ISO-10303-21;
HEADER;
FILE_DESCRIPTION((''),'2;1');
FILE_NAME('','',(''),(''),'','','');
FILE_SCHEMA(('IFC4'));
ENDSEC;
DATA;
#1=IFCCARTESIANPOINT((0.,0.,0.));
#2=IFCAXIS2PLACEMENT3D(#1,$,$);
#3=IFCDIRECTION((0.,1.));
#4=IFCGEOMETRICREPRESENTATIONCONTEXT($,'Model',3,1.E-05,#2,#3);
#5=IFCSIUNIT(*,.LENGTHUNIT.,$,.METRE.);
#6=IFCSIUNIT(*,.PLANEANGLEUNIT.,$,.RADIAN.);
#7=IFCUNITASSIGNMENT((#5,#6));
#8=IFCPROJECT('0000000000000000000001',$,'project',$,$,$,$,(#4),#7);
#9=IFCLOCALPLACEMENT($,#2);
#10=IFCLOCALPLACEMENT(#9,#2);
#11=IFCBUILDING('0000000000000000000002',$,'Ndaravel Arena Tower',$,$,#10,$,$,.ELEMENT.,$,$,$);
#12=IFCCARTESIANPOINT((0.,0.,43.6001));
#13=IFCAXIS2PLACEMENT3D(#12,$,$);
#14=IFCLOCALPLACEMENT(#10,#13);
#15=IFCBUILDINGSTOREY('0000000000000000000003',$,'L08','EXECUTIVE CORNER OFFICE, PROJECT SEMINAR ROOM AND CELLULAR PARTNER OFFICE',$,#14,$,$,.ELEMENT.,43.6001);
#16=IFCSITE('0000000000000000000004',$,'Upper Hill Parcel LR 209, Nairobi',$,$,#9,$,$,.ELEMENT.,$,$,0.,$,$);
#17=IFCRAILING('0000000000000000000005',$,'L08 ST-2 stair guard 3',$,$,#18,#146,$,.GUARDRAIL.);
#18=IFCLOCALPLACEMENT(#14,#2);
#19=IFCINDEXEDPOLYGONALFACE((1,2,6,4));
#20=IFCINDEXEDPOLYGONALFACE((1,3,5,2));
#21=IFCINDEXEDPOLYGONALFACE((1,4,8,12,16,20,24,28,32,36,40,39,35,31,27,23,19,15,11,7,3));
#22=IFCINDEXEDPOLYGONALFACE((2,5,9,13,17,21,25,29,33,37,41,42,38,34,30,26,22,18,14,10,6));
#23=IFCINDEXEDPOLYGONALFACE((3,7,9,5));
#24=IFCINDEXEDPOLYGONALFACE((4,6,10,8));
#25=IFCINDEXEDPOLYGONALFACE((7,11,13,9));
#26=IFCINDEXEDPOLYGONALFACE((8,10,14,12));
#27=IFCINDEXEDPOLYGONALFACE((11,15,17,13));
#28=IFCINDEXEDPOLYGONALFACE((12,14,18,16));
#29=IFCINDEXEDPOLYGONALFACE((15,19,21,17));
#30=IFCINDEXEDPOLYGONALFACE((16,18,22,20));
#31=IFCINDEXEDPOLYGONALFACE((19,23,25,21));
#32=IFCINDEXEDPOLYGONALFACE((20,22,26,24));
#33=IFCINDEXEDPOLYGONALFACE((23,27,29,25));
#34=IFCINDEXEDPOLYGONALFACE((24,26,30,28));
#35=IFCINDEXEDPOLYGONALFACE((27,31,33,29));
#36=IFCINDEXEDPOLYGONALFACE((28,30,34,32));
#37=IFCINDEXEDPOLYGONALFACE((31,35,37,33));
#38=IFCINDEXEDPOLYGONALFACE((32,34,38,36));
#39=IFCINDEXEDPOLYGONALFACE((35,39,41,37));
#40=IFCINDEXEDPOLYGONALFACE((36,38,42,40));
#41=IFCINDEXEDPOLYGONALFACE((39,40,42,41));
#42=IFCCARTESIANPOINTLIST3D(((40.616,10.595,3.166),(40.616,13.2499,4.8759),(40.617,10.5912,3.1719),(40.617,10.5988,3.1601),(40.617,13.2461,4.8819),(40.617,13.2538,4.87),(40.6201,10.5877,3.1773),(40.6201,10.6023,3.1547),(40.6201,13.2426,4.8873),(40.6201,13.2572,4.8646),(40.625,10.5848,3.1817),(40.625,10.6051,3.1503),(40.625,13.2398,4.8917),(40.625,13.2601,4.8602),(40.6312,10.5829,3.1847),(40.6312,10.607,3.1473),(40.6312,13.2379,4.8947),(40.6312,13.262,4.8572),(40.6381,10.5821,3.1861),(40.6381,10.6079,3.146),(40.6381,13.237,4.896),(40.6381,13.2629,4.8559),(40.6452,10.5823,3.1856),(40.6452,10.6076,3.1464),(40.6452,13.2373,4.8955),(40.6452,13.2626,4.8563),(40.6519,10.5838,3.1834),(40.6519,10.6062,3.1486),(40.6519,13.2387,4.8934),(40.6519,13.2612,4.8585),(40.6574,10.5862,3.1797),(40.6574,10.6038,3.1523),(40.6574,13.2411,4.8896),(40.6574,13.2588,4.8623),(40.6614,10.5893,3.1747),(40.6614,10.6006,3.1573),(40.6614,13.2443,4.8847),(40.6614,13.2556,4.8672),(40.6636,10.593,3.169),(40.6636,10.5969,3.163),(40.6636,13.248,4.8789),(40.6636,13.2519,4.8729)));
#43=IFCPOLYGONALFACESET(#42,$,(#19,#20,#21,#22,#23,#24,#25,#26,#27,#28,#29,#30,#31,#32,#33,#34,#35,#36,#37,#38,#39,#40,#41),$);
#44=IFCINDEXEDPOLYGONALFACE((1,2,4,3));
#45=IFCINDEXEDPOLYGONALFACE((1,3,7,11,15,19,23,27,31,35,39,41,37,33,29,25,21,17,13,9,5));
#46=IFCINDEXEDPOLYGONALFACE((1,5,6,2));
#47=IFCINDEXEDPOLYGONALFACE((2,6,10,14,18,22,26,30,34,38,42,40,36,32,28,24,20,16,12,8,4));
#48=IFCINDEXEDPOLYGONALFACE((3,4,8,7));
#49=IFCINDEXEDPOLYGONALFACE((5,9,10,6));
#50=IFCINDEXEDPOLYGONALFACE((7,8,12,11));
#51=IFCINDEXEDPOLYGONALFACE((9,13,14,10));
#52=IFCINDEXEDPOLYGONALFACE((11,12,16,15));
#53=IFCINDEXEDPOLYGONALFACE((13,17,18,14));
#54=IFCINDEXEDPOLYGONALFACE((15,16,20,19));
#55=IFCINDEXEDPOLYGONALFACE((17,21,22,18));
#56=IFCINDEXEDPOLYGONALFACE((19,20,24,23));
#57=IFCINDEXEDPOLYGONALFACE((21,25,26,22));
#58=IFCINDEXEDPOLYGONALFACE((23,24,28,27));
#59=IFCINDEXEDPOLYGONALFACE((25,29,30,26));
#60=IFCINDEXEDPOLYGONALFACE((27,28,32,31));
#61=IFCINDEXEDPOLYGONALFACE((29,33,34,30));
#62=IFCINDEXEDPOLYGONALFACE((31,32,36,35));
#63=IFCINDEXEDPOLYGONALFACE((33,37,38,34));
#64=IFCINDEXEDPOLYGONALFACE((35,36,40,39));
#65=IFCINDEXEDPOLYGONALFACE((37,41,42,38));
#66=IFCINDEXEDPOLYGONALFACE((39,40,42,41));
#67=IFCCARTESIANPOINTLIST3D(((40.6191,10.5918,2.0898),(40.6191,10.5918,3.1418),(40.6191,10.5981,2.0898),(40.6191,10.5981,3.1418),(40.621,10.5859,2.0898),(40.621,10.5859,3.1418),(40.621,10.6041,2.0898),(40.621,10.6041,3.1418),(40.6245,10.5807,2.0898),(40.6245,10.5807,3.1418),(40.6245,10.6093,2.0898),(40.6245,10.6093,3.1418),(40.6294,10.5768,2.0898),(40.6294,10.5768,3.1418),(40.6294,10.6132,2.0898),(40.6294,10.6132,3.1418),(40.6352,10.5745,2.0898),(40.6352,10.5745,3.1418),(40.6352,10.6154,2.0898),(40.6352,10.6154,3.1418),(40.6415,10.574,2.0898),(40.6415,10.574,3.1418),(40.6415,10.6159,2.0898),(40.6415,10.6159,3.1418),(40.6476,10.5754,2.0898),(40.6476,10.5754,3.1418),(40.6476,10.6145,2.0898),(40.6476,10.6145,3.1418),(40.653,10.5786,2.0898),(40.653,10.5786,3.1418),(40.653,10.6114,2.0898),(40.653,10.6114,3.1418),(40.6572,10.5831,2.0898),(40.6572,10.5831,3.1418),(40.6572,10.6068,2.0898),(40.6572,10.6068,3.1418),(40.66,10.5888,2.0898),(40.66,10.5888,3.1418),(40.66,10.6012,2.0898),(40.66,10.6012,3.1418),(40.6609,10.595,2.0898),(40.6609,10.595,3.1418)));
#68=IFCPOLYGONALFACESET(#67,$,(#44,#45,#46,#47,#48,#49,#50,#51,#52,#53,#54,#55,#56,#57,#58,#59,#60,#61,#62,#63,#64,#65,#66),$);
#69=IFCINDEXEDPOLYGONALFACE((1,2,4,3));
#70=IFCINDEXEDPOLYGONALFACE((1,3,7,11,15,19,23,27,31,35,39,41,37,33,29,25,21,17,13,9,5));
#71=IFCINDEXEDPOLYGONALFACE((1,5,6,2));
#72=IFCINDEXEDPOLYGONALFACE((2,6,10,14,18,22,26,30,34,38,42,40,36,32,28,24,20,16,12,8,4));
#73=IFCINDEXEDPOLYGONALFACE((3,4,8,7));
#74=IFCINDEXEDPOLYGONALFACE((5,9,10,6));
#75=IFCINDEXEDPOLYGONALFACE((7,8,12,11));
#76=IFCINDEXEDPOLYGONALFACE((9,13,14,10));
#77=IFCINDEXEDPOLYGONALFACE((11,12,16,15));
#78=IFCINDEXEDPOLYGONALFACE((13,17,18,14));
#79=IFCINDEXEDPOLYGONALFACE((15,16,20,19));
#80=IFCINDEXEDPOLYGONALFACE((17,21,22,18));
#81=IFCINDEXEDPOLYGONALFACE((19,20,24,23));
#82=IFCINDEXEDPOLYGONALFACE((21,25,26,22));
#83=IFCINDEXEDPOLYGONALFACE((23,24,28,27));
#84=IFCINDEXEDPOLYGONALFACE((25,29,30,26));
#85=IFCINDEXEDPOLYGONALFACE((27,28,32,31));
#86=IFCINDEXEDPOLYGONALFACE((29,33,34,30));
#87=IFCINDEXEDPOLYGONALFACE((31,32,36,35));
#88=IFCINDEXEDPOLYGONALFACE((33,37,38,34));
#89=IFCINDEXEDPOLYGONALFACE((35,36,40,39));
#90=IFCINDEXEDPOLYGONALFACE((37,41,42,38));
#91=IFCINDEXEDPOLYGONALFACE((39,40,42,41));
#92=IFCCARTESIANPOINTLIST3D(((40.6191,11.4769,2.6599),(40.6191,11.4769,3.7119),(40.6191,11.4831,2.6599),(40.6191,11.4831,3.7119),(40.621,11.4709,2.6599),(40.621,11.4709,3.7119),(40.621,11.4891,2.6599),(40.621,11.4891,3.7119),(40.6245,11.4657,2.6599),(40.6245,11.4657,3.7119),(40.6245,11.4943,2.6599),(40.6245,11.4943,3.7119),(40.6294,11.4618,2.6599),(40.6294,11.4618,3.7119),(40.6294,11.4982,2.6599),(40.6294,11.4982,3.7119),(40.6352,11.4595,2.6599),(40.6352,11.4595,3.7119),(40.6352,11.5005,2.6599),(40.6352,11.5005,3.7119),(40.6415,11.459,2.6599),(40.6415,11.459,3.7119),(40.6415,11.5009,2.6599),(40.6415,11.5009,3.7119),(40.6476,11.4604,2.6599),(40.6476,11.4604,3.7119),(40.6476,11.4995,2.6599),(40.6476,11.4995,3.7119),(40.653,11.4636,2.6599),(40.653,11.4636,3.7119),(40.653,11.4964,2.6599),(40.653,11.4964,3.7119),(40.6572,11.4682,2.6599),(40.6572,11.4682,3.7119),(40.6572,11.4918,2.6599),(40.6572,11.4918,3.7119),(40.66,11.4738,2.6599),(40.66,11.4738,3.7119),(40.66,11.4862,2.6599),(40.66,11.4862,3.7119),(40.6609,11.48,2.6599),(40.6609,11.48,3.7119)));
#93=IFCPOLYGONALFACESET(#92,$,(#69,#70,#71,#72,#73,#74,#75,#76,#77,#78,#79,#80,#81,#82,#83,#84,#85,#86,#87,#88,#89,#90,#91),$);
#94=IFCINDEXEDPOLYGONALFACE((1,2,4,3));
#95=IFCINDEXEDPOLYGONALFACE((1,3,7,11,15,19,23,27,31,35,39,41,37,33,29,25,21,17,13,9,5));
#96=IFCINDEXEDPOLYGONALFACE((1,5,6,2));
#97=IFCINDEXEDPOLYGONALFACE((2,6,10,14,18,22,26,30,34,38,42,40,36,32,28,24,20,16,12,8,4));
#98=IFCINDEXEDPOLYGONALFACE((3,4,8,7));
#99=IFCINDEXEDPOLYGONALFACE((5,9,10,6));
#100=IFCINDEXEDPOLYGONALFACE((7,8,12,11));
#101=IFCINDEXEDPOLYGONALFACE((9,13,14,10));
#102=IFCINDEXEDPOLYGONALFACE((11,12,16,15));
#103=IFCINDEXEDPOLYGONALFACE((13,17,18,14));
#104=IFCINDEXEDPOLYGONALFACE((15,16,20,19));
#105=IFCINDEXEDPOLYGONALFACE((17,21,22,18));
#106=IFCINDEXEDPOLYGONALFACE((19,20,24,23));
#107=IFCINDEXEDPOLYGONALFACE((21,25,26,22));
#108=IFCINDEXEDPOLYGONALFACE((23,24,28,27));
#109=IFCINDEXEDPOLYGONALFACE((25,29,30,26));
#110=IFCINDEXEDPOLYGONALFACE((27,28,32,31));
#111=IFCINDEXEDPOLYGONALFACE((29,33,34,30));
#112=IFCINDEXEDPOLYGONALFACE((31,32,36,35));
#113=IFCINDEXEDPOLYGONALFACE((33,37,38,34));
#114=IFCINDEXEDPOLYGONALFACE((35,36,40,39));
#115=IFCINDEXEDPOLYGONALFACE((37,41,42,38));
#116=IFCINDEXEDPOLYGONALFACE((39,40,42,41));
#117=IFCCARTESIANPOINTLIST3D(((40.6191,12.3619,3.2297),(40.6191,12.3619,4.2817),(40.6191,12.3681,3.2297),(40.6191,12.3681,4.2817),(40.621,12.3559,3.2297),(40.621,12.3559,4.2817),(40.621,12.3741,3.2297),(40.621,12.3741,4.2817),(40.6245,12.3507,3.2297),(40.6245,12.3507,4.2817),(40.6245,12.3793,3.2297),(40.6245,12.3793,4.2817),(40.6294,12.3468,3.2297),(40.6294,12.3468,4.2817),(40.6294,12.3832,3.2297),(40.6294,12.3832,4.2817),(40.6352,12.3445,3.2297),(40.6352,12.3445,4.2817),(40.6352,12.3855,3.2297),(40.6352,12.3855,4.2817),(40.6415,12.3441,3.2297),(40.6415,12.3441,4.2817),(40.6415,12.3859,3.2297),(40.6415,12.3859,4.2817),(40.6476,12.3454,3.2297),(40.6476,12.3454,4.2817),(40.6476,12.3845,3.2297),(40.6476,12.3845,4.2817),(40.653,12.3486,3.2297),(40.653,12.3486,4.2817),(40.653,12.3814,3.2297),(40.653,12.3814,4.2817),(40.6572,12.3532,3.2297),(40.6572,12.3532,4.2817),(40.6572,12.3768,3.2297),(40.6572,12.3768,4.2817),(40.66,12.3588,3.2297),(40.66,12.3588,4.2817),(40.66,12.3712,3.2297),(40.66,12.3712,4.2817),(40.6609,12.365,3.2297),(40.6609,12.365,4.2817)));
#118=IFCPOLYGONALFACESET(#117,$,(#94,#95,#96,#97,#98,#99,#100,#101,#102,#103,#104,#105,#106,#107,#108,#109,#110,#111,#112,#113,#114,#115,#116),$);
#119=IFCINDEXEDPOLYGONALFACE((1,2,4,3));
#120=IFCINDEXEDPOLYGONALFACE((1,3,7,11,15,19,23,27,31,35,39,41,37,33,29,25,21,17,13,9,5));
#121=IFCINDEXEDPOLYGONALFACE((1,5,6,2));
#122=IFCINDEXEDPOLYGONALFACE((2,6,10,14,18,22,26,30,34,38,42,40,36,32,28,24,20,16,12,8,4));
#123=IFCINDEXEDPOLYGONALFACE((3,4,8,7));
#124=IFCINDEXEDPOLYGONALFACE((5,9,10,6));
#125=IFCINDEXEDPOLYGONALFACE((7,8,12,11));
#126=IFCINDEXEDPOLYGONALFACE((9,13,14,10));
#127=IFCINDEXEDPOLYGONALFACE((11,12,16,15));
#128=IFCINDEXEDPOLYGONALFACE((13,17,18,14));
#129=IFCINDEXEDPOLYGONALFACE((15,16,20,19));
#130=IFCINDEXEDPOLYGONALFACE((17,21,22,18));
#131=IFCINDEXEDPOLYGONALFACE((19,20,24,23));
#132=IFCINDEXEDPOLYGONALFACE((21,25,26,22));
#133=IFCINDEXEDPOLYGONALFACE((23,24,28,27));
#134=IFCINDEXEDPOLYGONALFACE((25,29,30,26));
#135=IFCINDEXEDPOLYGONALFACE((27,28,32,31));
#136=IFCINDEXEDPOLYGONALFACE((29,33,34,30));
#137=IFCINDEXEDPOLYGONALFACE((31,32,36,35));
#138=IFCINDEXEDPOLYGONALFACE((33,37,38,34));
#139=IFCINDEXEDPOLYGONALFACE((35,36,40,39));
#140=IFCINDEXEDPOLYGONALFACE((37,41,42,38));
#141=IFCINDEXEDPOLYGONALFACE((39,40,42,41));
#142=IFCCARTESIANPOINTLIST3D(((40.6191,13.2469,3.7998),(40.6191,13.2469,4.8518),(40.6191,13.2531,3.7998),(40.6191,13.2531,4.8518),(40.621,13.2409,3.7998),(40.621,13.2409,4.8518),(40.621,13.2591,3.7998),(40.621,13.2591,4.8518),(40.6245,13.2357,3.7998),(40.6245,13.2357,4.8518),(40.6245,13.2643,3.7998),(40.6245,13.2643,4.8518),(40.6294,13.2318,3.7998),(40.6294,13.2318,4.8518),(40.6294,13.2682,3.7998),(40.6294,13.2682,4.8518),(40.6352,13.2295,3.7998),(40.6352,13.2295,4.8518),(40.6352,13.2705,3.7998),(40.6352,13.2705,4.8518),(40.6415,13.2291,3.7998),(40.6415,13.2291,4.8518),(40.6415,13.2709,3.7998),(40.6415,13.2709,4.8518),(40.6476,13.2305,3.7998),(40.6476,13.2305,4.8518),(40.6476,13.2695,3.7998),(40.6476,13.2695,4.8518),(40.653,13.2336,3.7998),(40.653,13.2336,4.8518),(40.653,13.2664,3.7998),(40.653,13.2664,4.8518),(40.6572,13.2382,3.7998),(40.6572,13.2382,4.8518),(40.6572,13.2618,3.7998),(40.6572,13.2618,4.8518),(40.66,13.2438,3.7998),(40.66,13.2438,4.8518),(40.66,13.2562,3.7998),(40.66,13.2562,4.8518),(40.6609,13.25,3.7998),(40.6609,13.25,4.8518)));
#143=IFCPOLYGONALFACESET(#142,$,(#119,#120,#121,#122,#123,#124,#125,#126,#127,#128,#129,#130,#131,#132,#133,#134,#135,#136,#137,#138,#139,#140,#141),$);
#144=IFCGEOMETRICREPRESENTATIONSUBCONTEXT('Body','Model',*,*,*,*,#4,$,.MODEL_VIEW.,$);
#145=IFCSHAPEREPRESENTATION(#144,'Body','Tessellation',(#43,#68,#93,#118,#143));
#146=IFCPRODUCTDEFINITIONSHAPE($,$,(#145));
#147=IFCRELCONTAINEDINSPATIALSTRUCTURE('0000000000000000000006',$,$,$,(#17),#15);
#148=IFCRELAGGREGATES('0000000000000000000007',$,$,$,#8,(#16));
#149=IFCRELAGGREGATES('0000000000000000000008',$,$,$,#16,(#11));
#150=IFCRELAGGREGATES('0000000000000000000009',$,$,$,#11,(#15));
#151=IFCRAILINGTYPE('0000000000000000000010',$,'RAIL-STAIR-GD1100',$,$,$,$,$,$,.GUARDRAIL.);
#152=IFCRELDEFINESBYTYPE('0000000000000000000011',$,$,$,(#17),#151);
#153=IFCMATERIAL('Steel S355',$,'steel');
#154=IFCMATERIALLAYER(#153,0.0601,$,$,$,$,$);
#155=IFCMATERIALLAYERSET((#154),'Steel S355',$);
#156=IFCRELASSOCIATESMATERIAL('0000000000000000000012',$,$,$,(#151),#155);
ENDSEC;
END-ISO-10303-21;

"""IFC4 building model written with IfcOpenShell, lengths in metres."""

from ifc_helpers import new_model, si_unit, direction, frame, origin, origin_2d, place, context, subcontext, project, spatial, circle, extrude, material, layer, layer_set, type_object, element, save


model = new_model("IFC4")

# Units and contexts
model_context = context("Model", 3, precision=1e-05, world=origin(), true_north=direction((0.0, 1.0)))
body_context = subcontext(model_context, "Body", "Model", "MODEL_VIEW")
ifc_project = project(units=[si_unit("LENGTHUNIT", "METRE"), si_unit("PLANEANGLEUNIT", "RADIAN")], contexts=[model_context])

# Site, building, storey
site_placement = place(None, origin())
site = spatial("IfcSite", under=ifc_project, at=site_placement, Name="Upper Hill Parcel LR 209, Nairobi", CompositionType="ELEMENT", RefElevation=0.0)
building_placement = place(site_placement, origin())
building = spatial("IfcBuilding", under=site, at=building_placement, Name="Ndaravel Arena Tower", CompositionType="ELEMENT")
storey_placement = place(building_placement, frame((0.0, 0.0, 43.6001)))
storey = spatial("IfcBuildingStorey", under=building, at=storey_placement, Name="L08", Description="EXECUTIVE CORNER OFFICE, PROJECT SEMINAR ROOM AND CELLULAR PARTNER OFFICE", CompositionType="ELEMENT", Elevation=43.6001)

# Railing
ifc_material_1 = material(Name="Steel S355", Category="steel")
ifc_layer_1 = layer(ifc_material_1, 0.0601)
ifc_layer_set_1 = layer_set([ifc_layer_1], Name="Steel S355")
railing_type_1 = type_object("IfcRailingType", Name="RAIL-STAIR-GD1100", PredefinedType="GUARDRAIL", material=ifc_layer_set_1)
railing_1_placement = place(storey_placement, frame((40.6399, 10.595, 2.0898)))
element("IfcRailing", 1, at=railing_1_placement, inside=storey, type_object=railing_type_1, Name="L08 ST-2 stair guard 3", PredefinedType="GUARDRAIL", context=body_context, shape_type="SweptSolid", body=[
    extrude(circle(Radius=0.0239, at=origin_2d()), frame((0.0, 0.0, 1.0762), z_axis=(0.0, 0.840724, 0.541465), x_axis=(-1.0, 0.0, 0.0)), (0.0, 0.0, 1.0), 3.158),
    extrude(circle(Radius=0.021, at=origin_2d()), origin(), (0.0, 0.0, 1.0), 1.052),
    extrude(circle(Radius=0.021, at=origin_2d()), frame((0.0, 0.885, 0.5701)), (0.0, 0.0, 1.0), 1.052),
    extrude(circle(Radius=0.021, at=origin_2d()), frame((0.0, 1.77, 1.1399)), (0.0, 0.0, 1.0), 1.052),
    extrude(circle(Radius=0.021, at=origin_2d()), frame((0.0, 2.655, 1.71)), (0.0, 0.0, 1.0), 1.052),
])

save(model, "model.ifc")
